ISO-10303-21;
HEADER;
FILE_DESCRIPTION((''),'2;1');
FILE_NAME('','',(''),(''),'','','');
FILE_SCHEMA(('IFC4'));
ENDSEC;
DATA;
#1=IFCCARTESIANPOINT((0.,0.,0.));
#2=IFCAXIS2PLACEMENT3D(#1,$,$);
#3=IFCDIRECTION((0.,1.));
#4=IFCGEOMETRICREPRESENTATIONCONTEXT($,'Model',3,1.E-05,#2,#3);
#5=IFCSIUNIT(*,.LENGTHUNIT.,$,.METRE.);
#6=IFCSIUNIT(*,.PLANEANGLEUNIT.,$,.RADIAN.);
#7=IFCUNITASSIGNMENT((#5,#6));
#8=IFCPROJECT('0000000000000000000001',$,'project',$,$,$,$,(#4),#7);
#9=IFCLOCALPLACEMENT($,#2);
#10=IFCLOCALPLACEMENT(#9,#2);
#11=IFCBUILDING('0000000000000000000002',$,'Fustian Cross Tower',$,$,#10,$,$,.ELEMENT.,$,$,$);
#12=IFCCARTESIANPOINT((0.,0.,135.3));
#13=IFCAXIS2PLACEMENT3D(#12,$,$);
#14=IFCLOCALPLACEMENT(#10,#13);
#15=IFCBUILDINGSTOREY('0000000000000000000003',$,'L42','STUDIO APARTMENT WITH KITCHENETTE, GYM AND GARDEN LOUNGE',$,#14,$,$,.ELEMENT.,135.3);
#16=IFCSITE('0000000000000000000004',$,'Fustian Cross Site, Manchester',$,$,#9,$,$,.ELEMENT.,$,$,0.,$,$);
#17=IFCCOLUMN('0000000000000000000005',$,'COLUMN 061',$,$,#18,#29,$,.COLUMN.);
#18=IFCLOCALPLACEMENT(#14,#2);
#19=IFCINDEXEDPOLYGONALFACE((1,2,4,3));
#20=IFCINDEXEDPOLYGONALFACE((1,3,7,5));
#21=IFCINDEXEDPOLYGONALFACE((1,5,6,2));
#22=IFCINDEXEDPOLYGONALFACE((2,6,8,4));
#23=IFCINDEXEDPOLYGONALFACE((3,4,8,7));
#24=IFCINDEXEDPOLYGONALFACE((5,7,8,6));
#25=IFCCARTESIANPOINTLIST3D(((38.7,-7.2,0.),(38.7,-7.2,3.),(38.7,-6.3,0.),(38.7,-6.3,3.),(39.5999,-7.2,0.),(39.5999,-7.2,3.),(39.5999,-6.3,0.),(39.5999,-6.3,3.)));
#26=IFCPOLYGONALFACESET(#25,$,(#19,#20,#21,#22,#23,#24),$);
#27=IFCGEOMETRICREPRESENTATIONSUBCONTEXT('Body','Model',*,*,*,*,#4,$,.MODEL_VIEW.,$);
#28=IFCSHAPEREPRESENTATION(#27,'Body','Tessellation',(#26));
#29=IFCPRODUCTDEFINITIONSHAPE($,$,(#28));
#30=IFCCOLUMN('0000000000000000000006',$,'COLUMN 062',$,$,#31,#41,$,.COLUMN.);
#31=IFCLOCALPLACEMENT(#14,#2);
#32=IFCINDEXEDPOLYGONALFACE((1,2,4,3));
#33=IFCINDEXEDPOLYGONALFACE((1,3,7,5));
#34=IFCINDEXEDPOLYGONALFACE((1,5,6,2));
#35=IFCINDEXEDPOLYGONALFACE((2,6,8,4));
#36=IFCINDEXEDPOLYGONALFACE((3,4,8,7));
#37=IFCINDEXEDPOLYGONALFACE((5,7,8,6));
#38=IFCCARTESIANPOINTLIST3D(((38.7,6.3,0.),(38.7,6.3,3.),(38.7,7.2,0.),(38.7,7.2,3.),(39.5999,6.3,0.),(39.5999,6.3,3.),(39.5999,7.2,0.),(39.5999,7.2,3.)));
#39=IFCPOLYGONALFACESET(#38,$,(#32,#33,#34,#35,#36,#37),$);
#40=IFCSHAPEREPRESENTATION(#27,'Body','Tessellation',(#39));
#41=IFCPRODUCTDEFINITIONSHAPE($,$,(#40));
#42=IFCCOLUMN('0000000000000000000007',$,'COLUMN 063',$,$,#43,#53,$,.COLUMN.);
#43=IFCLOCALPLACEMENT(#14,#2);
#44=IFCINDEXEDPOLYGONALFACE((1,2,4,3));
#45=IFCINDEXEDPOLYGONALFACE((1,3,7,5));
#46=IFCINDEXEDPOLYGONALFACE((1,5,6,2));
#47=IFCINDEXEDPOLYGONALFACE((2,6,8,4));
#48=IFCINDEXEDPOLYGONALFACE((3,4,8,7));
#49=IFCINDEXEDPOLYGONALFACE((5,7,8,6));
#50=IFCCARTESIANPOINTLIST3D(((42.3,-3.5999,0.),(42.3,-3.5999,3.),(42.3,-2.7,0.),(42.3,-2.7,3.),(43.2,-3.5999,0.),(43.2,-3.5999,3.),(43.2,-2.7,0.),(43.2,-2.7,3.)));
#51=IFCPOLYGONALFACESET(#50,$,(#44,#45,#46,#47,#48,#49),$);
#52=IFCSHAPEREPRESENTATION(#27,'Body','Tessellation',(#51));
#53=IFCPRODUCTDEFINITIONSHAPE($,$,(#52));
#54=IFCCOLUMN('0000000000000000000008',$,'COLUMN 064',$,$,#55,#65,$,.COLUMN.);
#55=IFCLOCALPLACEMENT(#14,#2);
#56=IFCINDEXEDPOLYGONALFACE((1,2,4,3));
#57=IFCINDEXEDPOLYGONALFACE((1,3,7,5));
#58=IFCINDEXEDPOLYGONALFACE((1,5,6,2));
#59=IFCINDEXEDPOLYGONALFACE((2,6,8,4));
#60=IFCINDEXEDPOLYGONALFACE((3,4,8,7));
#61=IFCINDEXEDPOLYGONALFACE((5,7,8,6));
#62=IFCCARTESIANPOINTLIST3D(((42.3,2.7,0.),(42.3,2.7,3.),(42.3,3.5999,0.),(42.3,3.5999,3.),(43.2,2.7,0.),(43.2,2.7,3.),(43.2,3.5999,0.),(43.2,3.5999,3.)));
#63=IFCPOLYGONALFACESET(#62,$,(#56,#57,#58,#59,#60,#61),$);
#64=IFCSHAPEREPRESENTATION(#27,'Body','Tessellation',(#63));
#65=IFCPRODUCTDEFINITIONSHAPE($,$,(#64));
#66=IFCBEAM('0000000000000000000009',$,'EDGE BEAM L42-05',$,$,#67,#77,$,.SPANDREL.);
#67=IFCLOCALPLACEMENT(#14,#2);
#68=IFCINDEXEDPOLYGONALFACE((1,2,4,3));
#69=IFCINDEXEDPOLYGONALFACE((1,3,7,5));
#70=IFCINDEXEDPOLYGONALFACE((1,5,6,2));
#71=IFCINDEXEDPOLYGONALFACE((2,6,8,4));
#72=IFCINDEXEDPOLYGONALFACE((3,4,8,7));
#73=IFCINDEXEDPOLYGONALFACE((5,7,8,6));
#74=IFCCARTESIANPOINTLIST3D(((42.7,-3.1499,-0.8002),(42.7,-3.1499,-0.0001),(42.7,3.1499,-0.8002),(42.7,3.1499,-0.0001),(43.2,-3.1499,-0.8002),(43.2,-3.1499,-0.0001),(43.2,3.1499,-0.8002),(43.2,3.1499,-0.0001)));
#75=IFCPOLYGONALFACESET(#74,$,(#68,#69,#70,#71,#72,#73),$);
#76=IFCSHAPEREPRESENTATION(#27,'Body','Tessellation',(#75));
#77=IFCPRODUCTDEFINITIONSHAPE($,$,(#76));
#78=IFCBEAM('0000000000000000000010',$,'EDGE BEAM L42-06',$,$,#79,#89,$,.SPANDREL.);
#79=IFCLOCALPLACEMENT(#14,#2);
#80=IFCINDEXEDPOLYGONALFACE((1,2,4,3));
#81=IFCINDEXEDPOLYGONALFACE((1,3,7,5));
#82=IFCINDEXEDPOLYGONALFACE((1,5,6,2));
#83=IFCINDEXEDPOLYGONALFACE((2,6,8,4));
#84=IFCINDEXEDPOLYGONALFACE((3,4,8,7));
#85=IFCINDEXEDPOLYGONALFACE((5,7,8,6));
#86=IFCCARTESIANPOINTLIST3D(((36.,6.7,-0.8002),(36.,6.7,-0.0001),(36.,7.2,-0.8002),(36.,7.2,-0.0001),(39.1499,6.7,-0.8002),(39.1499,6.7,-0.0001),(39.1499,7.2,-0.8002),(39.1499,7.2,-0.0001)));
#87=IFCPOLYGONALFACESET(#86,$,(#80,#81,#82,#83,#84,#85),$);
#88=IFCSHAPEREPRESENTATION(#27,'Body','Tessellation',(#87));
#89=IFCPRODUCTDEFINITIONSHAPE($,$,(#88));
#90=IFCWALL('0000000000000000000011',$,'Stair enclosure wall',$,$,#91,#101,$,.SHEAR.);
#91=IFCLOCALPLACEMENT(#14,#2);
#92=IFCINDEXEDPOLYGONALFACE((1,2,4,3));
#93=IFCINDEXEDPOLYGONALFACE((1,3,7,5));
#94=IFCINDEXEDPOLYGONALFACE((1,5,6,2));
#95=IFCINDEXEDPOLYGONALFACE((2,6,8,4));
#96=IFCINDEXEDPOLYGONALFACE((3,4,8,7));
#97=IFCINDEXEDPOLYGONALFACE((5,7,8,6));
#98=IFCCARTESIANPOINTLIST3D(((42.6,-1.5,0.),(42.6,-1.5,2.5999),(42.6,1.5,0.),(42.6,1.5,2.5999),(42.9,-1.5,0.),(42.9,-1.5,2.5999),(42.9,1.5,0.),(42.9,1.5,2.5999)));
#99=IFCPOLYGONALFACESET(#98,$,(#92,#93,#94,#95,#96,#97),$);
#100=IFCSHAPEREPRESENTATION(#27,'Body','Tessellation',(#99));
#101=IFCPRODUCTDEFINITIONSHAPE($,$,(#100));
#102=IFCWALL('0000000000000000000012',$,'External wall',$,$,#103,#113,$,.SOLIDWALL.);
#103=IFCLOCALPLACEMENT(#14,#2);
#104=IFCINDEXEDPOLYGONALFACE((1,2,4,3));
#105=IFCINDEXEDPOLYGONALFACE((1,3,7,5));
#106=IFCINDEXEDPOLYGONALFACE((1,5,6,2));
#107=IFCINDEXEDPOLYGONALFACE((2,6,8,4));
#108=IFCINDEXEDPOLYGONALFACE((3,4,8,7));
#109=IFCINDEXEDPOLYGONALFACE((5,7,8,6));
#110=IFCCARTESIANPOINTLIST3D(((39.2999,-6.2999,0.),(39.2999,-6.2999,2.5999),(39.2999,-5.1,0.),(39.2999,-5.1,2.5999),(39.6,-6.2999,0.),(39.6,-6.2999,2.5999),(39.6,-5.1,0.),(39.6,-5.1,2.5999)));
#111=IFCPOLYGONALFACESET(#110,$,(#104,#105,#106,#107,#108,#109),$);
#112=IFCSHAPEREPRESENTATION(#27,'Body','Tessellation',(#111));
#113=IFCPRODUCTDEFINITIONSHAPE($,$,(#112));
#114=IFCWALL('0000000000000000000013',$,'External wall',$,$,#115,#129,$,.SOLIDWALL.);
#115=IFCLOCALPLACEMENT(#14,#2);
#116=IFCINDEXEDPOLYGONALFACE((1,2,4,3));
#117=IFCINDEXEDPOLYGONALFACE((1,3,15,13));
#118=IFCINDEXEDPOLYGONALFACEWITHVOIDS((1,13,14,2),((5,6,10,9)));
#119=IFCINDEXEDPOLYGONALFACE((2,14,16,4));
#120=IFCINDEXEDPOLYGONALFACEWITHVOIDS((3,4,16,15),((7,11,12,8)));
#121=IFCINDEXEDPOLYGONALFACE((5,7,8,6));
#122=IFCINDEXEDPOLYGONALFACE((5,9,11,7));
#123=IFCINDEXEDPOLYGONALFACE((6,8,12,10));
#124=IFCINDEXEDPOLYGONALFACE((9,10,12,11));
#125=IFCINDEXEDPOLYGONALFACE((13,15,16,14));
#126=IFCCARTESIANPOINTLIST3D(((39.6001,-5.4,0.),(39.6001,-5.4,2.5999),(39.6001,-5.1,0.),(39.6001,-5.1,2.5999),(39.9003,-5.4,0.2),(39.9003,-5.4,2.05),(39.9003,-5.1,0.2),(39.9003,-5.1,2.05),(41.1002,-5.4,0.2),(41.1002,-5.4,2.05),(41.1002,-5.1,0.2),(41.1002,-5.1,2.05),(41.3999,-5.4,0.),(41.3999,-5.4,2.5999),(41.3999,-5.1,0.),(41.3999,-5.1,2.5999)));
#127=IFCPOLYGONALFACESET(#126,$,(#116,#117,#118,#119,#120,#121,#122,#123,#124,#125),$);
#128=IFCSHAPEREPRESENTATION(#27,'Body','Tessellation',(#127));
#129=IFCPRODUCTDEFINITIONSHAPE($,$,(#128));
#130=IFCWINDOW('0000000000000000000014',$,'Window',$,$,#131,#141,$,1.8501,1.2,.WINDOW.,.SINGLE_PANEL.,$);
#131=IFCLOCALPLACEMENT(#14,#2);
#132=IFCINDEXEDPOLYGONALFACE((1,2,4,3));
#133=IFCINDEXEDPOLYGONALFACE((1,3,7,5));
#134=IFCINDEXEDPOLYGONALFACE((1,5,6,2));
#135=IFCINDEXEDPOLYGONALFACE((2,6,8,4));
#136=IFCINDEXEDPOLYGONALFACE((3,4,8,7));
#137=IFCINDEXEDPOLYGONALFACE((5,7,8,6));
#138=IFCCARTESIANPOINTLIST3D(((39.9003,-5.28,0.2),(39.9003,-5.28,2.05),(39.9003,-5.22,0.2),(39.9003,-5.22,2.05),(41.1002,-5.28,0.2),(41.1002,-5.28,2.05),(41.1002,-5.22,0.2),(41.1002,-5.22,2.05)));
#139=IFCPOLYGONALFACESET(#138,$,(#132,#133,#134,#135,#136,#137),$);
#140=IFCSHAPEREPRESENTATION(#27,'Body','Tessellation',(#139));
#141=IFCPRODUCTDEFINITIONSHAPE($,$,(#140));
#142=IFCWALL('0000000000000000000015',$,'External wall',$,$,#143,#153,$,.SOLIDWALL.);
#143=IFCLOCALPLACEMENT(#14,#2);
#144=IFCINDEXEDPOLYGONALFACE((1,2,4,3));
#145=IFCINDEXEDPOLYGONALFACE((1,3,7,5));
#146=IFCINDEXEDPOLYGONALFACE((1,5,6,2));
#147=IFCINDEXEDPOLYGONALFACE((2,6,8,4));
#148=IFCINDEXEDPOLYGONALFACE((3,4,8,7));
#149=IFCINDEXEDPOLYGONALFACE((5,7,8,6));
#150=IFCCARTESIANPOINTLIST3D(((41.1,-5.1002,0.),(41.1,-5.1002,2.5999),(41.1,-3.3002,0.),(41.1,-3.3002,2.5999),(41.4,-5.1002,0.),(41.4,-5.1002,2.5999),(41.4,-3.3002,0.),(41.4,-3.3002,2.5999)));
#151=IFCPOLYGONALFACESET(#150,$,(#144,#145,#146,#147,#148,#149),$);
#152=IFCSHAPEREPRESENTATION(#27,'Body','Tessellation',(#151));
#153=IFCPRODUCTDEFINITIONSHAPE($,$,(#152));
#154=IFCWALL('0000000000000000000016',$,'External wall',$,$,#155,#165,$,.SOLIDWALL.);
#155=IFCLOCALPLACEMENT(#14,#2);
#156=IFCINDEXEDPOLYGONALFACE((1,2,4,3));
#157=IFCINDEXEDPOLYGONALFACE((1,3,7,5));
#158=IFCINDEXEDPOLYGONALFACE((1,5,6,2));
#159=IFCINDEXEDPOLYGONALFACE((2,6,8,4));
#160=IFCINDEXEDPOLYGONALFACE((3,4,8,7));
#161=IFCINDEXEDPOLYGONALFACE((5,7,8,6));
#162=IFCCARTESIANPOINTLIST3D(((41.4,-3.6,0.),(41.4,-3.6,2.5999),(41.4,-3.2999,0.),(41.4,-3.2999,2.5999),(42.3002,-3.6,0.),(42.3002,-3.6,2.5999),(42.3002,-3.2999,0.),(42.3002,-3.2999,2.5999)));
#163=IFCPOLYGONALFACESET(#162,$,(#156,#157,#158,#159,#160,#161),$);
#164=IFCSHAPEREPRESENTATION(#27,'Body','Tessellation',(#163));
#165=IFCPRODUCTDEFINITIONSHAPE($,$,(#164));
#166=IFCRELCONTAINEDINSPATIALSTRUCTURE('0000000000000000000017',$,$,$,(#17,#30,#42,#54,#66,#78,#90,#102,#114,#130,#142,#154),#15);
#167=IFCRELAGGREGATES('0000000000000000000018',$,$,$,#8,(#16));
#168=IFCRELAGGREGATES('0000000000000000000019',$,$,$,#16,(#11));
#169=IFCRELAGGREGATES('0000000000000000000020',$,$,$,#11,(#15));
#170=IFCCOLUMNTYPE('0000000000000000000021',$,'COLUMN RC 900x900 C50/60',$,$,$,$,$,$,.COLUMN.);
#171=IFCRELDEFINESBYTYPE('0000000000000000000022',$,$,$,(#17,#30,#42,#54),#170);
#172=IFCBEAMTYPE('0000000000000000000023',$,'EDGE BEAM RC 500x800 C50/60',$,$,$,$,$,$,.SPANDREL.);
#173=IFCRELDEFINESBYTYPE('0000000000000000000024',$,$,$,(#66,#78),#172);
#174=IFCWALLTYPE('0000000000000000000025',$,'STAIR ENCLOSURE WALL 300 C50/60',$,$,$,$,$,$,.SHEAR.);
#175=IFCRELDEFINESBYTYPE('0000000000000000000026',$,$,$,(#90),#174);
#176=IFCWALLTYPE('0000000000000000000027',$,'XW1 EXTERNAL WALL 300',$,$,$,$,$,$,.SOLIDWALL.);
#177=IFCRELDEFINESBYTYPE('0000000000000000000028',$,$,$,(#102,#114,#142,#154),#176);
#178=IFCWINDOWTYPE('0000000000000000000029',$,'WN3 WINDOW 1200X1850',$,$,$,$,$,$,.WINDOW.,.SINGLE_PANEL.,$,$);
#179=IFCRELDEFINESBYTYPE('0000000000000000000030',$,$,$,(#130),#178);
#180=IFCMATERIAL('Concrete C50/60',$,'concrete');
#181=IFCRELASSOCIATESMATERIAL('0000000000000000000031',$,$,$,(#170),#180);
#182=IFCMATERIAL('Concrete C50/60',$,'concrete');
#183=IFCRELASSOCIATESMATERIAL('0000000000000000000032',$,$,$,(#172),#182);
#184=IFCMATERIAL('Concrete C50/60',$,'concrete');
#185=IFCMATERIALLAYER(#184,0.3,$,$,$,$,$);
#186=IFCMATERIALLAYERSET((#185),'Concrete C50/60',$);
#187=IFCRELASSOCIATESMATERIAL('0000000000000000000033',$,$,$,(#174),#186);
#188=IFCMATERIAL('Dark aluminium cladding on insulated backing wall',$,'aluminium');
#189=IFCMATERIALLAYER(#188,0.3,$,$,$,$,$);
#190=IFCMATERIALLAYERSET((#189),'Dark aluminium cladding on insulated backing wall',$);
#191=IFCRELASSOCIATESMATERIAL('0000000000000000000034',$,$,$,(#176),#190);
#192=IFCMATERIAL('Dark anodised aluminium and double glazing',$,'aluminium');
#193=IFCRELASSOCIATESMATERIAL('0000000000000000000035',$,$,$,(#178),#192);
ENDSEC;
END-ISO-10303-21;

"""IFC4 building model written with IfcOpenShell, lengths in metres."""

from ifc_helpers import new_model, si_unit, direction, frame, frame_2d, origin, origin_2d, place, context, subcontext, project, spatial, rectangle, extrude, material, layer, layer_set, material_profile, profile_set, type_object, element, fill, save


model = new_model("IFC4")

# Units and contexts
model_context = context("Model", 3, precision=1e-05, world=origin(), true_north=direction((0.0, 1.0)))
body_context = subcontext(model_context, "Body", "Model", "MODEL_VIEW")
ifc_project = project(units=[si_unit("LENGTHUNIT", "METRE"), si_unit("PLANEANGLEUNIT", "RADIAN")], contexts=[model_context])

# Site, building, storey
site_placement = place(None, origin())
site = spatial("IfcSite", under=ifc_project, at=site_placement, Name="Fustian Cross Site, Manchester", CompositionType="ELEMENT", RefElevation=0.0)
building_placement = place(site_placement, origin())
building = spatial("IfcBuilding", under=site, at=building_placement, Name="Fustian Cross Tower", CompositionType="ELEMENT")
storey_placement = place(building_placement, frame((0.0, 0.0, 135.3)))
storey = spatial("IfcBuildingStorey", under=building, at=storey_placement, Name="L42", Description="STUDIO APARTMENT WITH KITCHENETTE, GYM AND GARDEN LOUNGE", CompositionType="ELEMENT", Elevation=135.3)

# Columns
ifc_material_1 = material(Name="Concrete C50/60", Category="concrete")
ifc_material_profile_1 = material_profile(ifc_material_1, rectangle(XDim=0.8999, YDim=0.8999, at=origin_2d()), Name="RC 900x900")
ifc_profile_set_1 = profile_set([ifc_material_profile_1], Name="Concrete C50/60")
column_type = type_object("IfcColumnType", Name="COLUMN RC 900x900 C50/60", PredefinedType="COLUMN", material=ifc_profile_set_1)
for number, where, z_axis, x_axis, name in (
    (1, (39.1499, -6.75, 0.0), (0.0, 0.0, 1.0), (1.0, 0.0, 0.0), "COLUMN 061"),
    (2, (39.1499, 6.75, 0.0), (0.0, 0.0, 1.0), (1.0, 0.0, 0.0), "COLUMN 062"),
    (3, (42.75, -3.1499, 0.0), (0.0, 0.0, 1.0), (1.0, 0.0, 0.0), "COLUMN 063"),
    (4, (42.75, 3.1499, 0.0), (0.0, 0.0, 1.0), (1.0, 0.0, 0.0), "COLUMN 064"),
):
    element("IfcColumn", number, at=place(storey_placement, frame(where, z_axis=z_axis, x_axis=x_axis)), inside=storey, type_object=column_type, Name=name, PredefinedType="COLUMN", context=body_context, shape_type="SweptSolid", body=[
        extrude(rectangle(XDim=0.8999, YDim=0.8999, at=origin_2d()), origin(), (0.0, 0.0, 1.0), 3.0),
    ])

# Beams
ifc_material_2 = material(Name="Concrete C50/60", Category="concrete")
ifc_material_profile_2 = material_profile(ifc_material_2, rectangle(XDim=0.5, YDim=0.8, at=origin_2d()), Name="RC 500x800")
ifc_profile_set_2 = profile_set([ifc_material_profile_2], Name="Concrete C50/60")
beam_type = type_object("IfcBeamType", Name="EDGE BEAM RC 500x800 C50/60", PredefinedType="SPANDREL", material=ifc_profile_set_2)
beam_1_placement = place(storey_placement, frame((42.95, -3.1499, -0.4001), z_axis=(0.0, 1.0, 0.0), x_axis=(-1.0, 0.0, 0.0)))
element("IfcBeam", 5, at=beam_1_placement, inside=storey, type_object=beam_type, Name="EDGE BEAM L42-05", PredefinedType="SPANDREL", context=body_context, shape_type="SweptSolid", body=[
    extrude(rectangle(XDim=0.5, YDim=0.8, at=origin_2d()), origin(), (0.0, 0.0, 1.0), 6.2998),
])
beam_2_placement = place(storey_placement, frame((39.1499, 6.95, -0.4001), z_axis=(-1.0, 0.0, 0.0), x_axis=(0.0, -1.0, 0.0)))
element("IfcBeam", 6, at=beam_2_placement, inside=storey, type_object=beam_type, Name="EDGE BEAM L42-06", PredefinedType="SPANDREL", context=body_context, shape_type="SweptSolid", body=[
    extrude(rectangle(XDim=0.5, YDim=0.8, at=origin_2d()), origin(), (0.0, 0.0, 1.0), 3.1499),
])

# Walls
ifc_material_3 = material(Name="Concrete C50/60", Category="concrete")
ifc_layer_1 = layer(ifc_material_3, 0.3)
ifc_layer_set_1 = layer_set([ifc_layer_1], Name="Concrete C50/60")
wall_type_1 = type_object("IfcWallType", Name="STAIR ENCLOSURE WALL 300 C50/60", PredefinedType="SHEAR", material=ifc_layer_set_1)
wall_1_placement = place(storey_placement, frame((42.75, -1.5, 0.0), z_axis=(0.0, 0.0, 1.0), x_axis=(0.0, 1.0, 0.0)))
element("IfcWall", 7, at=wall_1_placement, inside=storey, type_object=wall_type_1, Name="Stair enclosure wall", PredefinedType="SHEAR", context=body_context, shape_type="SweptSolid", body=[
    extrude(rectangle(XDim=3.0, YDim=0.3, at=frame_2d((1.5, 0.0))), origin(), (0.0, 0.0, 1.0), 2.5999),
])
ifc_material_4 = material(Name="Dark aluminium cladding on insulated backing wall", Category="aluminium")
ifc_layer_2 = layer(ifc_material_4, 0.3)
ifc_layer_set_2 = layer_set([ifc_layer_2], Name="Dark aluminium cladding on insulated backing wall")
wall_type_2 = type_object("IfcWallType", Name="XW1 EXTERNAL WALL 300", PredefinedType="SOLIDWALL", material=ifc_layer_set_2)
wall_2_placement = place(storey_placement, frame((39.45, -6.3, 0.0), z_axis=(0.0, 0.0, 1.0), x_axis=(0.0, 1.0, 0.0)))
element("IfcWall", 8, at=wall_2_placement, inside=storey, type_object=wall_type_2, Name="External wall", PredefinedType="SOLIDWALL", context=body_context, shape_type="SweptSolid", body=[
    extrude(rectangle(XDim=1.2, YDim=0.3, at=frame_2d((0.6001, 0.0))), origin(), (0.0, 0.0, 1.0), 2.5999),
])

# Wall, opening, window
wall_3_placement = place(storey_placement, frame((39.6001, -5.25, 0.0), z_axis=(0.0, 0.0, 1.0), x_axis=(1.0, 0.0, 0.0)))
wall_3 = element("IfcWall", 9, at=wall_3_placement, inside=storey, type_object=wall_type_2, Name="External wall", PredefinedType="SOLIDWALL", context=body_context, shape_type="SweptSolid", body=[
    extrude(rectangle(XDim=1.7998, YDim=0.3, at=frame_2d((0.8999, 0.0))), origin(), (0.0, 0.0, 1.0), 2.5999),
])
opening_1_placement = place(wall_3_placement, frame((0.3, 0.0, 0.2)))
opening_1 = element("IfcOpeningElement", 10, at=opening_1_placement, cuts=wall_3, PredefinedType="OPENING", context=body_context, shape_type="SweptSolid", body=[
    extrude(rectangle(XDim=1.2, YDim=1.8501, at=frame_2d((0.6001, 0.925))), frame((0.0, 0.1599, 0.0), z_axis=(0.0, -1.0, 0.0), x_axis=(1.0, 0.0, 0.0)), (0.0, 0.0, 1.0), 0.3201),
])
ifc_material_5 = material(Name="Dark anodised aluminium and double glazing", Category="aluminium")
window_type_1 = type_object("IfcWindowType", Name="WN3 WINDOW 1200X1850", PartitioningType="SINGLE_PANEL", PredefinedType="WINDOW", material=ifc_material_5)
window_1_placement = place(opening_1_placement, origin())
window_1 = element("IfcWindow", 11, at=window_1_placement, inside=storey, type_object=window_type_1, Name="Window", OverallHeight=1.8501, OverallWidth=1.2, PartitioningType="SINGLE_PANEL", PredefinedType="WINDOW", context=body_context, shape_type="SweptSolid", body=[
    extrude(rectangle(XDim=1.2, YDim=1.8501, at=frame_2d((0.6001, 0.925))), frame((0.0, 0.03, 0.0), z_axis=(0.0, -1.0, 0.0), x_axis=(1.0, 0.0, 0.0)), (0.0, 0.0, 1.0), 0.0601),
])
fill(opening_1, window_1)

# Walls
wall_4_placement = place(storey_placement, frame((41.25, -5.1001, 0.0), z_axis=(0.0, 0.0, 1.0), x_axis=(0.0, 1.0, 0.0)))
element("IfcWall", 12, at=wall_4_placement, inside=storey, type_object=wall_type_2, Name="External wall", PredefinedType="SOLIDWALL", context=body_context, shape_type="SweptSolid", body=[
    extrude(rectangle(XDim=1.8, YDim=0.3, at=frame_2d((0.8999, 0.0))), origin(), (0.0, 0.0, 1.0), 2.5999),
])
wall_5_placement = place(storey_placement, frame((41.3999, -3.45, 0.0), z_axis=(0.0, 0.0, 1.0), x_axis=(1.0, 0.0, 0.0)))
element("IfcWall", 13, at=wall_5_placement, inside=storey, type_object=wall_type_2, Name="External wall", PredefinedType="SOLIDWALL", context=body_context, shape_type="SweptSolid", body=[
    extrude(rectangle(XDim=0.9001, YDim=0.3, at=frame_2d((0.4502, 0.0))), origin(), (0.0, 0.0, 1.0), 2.5999),
])

save(model, "model.ifc")
